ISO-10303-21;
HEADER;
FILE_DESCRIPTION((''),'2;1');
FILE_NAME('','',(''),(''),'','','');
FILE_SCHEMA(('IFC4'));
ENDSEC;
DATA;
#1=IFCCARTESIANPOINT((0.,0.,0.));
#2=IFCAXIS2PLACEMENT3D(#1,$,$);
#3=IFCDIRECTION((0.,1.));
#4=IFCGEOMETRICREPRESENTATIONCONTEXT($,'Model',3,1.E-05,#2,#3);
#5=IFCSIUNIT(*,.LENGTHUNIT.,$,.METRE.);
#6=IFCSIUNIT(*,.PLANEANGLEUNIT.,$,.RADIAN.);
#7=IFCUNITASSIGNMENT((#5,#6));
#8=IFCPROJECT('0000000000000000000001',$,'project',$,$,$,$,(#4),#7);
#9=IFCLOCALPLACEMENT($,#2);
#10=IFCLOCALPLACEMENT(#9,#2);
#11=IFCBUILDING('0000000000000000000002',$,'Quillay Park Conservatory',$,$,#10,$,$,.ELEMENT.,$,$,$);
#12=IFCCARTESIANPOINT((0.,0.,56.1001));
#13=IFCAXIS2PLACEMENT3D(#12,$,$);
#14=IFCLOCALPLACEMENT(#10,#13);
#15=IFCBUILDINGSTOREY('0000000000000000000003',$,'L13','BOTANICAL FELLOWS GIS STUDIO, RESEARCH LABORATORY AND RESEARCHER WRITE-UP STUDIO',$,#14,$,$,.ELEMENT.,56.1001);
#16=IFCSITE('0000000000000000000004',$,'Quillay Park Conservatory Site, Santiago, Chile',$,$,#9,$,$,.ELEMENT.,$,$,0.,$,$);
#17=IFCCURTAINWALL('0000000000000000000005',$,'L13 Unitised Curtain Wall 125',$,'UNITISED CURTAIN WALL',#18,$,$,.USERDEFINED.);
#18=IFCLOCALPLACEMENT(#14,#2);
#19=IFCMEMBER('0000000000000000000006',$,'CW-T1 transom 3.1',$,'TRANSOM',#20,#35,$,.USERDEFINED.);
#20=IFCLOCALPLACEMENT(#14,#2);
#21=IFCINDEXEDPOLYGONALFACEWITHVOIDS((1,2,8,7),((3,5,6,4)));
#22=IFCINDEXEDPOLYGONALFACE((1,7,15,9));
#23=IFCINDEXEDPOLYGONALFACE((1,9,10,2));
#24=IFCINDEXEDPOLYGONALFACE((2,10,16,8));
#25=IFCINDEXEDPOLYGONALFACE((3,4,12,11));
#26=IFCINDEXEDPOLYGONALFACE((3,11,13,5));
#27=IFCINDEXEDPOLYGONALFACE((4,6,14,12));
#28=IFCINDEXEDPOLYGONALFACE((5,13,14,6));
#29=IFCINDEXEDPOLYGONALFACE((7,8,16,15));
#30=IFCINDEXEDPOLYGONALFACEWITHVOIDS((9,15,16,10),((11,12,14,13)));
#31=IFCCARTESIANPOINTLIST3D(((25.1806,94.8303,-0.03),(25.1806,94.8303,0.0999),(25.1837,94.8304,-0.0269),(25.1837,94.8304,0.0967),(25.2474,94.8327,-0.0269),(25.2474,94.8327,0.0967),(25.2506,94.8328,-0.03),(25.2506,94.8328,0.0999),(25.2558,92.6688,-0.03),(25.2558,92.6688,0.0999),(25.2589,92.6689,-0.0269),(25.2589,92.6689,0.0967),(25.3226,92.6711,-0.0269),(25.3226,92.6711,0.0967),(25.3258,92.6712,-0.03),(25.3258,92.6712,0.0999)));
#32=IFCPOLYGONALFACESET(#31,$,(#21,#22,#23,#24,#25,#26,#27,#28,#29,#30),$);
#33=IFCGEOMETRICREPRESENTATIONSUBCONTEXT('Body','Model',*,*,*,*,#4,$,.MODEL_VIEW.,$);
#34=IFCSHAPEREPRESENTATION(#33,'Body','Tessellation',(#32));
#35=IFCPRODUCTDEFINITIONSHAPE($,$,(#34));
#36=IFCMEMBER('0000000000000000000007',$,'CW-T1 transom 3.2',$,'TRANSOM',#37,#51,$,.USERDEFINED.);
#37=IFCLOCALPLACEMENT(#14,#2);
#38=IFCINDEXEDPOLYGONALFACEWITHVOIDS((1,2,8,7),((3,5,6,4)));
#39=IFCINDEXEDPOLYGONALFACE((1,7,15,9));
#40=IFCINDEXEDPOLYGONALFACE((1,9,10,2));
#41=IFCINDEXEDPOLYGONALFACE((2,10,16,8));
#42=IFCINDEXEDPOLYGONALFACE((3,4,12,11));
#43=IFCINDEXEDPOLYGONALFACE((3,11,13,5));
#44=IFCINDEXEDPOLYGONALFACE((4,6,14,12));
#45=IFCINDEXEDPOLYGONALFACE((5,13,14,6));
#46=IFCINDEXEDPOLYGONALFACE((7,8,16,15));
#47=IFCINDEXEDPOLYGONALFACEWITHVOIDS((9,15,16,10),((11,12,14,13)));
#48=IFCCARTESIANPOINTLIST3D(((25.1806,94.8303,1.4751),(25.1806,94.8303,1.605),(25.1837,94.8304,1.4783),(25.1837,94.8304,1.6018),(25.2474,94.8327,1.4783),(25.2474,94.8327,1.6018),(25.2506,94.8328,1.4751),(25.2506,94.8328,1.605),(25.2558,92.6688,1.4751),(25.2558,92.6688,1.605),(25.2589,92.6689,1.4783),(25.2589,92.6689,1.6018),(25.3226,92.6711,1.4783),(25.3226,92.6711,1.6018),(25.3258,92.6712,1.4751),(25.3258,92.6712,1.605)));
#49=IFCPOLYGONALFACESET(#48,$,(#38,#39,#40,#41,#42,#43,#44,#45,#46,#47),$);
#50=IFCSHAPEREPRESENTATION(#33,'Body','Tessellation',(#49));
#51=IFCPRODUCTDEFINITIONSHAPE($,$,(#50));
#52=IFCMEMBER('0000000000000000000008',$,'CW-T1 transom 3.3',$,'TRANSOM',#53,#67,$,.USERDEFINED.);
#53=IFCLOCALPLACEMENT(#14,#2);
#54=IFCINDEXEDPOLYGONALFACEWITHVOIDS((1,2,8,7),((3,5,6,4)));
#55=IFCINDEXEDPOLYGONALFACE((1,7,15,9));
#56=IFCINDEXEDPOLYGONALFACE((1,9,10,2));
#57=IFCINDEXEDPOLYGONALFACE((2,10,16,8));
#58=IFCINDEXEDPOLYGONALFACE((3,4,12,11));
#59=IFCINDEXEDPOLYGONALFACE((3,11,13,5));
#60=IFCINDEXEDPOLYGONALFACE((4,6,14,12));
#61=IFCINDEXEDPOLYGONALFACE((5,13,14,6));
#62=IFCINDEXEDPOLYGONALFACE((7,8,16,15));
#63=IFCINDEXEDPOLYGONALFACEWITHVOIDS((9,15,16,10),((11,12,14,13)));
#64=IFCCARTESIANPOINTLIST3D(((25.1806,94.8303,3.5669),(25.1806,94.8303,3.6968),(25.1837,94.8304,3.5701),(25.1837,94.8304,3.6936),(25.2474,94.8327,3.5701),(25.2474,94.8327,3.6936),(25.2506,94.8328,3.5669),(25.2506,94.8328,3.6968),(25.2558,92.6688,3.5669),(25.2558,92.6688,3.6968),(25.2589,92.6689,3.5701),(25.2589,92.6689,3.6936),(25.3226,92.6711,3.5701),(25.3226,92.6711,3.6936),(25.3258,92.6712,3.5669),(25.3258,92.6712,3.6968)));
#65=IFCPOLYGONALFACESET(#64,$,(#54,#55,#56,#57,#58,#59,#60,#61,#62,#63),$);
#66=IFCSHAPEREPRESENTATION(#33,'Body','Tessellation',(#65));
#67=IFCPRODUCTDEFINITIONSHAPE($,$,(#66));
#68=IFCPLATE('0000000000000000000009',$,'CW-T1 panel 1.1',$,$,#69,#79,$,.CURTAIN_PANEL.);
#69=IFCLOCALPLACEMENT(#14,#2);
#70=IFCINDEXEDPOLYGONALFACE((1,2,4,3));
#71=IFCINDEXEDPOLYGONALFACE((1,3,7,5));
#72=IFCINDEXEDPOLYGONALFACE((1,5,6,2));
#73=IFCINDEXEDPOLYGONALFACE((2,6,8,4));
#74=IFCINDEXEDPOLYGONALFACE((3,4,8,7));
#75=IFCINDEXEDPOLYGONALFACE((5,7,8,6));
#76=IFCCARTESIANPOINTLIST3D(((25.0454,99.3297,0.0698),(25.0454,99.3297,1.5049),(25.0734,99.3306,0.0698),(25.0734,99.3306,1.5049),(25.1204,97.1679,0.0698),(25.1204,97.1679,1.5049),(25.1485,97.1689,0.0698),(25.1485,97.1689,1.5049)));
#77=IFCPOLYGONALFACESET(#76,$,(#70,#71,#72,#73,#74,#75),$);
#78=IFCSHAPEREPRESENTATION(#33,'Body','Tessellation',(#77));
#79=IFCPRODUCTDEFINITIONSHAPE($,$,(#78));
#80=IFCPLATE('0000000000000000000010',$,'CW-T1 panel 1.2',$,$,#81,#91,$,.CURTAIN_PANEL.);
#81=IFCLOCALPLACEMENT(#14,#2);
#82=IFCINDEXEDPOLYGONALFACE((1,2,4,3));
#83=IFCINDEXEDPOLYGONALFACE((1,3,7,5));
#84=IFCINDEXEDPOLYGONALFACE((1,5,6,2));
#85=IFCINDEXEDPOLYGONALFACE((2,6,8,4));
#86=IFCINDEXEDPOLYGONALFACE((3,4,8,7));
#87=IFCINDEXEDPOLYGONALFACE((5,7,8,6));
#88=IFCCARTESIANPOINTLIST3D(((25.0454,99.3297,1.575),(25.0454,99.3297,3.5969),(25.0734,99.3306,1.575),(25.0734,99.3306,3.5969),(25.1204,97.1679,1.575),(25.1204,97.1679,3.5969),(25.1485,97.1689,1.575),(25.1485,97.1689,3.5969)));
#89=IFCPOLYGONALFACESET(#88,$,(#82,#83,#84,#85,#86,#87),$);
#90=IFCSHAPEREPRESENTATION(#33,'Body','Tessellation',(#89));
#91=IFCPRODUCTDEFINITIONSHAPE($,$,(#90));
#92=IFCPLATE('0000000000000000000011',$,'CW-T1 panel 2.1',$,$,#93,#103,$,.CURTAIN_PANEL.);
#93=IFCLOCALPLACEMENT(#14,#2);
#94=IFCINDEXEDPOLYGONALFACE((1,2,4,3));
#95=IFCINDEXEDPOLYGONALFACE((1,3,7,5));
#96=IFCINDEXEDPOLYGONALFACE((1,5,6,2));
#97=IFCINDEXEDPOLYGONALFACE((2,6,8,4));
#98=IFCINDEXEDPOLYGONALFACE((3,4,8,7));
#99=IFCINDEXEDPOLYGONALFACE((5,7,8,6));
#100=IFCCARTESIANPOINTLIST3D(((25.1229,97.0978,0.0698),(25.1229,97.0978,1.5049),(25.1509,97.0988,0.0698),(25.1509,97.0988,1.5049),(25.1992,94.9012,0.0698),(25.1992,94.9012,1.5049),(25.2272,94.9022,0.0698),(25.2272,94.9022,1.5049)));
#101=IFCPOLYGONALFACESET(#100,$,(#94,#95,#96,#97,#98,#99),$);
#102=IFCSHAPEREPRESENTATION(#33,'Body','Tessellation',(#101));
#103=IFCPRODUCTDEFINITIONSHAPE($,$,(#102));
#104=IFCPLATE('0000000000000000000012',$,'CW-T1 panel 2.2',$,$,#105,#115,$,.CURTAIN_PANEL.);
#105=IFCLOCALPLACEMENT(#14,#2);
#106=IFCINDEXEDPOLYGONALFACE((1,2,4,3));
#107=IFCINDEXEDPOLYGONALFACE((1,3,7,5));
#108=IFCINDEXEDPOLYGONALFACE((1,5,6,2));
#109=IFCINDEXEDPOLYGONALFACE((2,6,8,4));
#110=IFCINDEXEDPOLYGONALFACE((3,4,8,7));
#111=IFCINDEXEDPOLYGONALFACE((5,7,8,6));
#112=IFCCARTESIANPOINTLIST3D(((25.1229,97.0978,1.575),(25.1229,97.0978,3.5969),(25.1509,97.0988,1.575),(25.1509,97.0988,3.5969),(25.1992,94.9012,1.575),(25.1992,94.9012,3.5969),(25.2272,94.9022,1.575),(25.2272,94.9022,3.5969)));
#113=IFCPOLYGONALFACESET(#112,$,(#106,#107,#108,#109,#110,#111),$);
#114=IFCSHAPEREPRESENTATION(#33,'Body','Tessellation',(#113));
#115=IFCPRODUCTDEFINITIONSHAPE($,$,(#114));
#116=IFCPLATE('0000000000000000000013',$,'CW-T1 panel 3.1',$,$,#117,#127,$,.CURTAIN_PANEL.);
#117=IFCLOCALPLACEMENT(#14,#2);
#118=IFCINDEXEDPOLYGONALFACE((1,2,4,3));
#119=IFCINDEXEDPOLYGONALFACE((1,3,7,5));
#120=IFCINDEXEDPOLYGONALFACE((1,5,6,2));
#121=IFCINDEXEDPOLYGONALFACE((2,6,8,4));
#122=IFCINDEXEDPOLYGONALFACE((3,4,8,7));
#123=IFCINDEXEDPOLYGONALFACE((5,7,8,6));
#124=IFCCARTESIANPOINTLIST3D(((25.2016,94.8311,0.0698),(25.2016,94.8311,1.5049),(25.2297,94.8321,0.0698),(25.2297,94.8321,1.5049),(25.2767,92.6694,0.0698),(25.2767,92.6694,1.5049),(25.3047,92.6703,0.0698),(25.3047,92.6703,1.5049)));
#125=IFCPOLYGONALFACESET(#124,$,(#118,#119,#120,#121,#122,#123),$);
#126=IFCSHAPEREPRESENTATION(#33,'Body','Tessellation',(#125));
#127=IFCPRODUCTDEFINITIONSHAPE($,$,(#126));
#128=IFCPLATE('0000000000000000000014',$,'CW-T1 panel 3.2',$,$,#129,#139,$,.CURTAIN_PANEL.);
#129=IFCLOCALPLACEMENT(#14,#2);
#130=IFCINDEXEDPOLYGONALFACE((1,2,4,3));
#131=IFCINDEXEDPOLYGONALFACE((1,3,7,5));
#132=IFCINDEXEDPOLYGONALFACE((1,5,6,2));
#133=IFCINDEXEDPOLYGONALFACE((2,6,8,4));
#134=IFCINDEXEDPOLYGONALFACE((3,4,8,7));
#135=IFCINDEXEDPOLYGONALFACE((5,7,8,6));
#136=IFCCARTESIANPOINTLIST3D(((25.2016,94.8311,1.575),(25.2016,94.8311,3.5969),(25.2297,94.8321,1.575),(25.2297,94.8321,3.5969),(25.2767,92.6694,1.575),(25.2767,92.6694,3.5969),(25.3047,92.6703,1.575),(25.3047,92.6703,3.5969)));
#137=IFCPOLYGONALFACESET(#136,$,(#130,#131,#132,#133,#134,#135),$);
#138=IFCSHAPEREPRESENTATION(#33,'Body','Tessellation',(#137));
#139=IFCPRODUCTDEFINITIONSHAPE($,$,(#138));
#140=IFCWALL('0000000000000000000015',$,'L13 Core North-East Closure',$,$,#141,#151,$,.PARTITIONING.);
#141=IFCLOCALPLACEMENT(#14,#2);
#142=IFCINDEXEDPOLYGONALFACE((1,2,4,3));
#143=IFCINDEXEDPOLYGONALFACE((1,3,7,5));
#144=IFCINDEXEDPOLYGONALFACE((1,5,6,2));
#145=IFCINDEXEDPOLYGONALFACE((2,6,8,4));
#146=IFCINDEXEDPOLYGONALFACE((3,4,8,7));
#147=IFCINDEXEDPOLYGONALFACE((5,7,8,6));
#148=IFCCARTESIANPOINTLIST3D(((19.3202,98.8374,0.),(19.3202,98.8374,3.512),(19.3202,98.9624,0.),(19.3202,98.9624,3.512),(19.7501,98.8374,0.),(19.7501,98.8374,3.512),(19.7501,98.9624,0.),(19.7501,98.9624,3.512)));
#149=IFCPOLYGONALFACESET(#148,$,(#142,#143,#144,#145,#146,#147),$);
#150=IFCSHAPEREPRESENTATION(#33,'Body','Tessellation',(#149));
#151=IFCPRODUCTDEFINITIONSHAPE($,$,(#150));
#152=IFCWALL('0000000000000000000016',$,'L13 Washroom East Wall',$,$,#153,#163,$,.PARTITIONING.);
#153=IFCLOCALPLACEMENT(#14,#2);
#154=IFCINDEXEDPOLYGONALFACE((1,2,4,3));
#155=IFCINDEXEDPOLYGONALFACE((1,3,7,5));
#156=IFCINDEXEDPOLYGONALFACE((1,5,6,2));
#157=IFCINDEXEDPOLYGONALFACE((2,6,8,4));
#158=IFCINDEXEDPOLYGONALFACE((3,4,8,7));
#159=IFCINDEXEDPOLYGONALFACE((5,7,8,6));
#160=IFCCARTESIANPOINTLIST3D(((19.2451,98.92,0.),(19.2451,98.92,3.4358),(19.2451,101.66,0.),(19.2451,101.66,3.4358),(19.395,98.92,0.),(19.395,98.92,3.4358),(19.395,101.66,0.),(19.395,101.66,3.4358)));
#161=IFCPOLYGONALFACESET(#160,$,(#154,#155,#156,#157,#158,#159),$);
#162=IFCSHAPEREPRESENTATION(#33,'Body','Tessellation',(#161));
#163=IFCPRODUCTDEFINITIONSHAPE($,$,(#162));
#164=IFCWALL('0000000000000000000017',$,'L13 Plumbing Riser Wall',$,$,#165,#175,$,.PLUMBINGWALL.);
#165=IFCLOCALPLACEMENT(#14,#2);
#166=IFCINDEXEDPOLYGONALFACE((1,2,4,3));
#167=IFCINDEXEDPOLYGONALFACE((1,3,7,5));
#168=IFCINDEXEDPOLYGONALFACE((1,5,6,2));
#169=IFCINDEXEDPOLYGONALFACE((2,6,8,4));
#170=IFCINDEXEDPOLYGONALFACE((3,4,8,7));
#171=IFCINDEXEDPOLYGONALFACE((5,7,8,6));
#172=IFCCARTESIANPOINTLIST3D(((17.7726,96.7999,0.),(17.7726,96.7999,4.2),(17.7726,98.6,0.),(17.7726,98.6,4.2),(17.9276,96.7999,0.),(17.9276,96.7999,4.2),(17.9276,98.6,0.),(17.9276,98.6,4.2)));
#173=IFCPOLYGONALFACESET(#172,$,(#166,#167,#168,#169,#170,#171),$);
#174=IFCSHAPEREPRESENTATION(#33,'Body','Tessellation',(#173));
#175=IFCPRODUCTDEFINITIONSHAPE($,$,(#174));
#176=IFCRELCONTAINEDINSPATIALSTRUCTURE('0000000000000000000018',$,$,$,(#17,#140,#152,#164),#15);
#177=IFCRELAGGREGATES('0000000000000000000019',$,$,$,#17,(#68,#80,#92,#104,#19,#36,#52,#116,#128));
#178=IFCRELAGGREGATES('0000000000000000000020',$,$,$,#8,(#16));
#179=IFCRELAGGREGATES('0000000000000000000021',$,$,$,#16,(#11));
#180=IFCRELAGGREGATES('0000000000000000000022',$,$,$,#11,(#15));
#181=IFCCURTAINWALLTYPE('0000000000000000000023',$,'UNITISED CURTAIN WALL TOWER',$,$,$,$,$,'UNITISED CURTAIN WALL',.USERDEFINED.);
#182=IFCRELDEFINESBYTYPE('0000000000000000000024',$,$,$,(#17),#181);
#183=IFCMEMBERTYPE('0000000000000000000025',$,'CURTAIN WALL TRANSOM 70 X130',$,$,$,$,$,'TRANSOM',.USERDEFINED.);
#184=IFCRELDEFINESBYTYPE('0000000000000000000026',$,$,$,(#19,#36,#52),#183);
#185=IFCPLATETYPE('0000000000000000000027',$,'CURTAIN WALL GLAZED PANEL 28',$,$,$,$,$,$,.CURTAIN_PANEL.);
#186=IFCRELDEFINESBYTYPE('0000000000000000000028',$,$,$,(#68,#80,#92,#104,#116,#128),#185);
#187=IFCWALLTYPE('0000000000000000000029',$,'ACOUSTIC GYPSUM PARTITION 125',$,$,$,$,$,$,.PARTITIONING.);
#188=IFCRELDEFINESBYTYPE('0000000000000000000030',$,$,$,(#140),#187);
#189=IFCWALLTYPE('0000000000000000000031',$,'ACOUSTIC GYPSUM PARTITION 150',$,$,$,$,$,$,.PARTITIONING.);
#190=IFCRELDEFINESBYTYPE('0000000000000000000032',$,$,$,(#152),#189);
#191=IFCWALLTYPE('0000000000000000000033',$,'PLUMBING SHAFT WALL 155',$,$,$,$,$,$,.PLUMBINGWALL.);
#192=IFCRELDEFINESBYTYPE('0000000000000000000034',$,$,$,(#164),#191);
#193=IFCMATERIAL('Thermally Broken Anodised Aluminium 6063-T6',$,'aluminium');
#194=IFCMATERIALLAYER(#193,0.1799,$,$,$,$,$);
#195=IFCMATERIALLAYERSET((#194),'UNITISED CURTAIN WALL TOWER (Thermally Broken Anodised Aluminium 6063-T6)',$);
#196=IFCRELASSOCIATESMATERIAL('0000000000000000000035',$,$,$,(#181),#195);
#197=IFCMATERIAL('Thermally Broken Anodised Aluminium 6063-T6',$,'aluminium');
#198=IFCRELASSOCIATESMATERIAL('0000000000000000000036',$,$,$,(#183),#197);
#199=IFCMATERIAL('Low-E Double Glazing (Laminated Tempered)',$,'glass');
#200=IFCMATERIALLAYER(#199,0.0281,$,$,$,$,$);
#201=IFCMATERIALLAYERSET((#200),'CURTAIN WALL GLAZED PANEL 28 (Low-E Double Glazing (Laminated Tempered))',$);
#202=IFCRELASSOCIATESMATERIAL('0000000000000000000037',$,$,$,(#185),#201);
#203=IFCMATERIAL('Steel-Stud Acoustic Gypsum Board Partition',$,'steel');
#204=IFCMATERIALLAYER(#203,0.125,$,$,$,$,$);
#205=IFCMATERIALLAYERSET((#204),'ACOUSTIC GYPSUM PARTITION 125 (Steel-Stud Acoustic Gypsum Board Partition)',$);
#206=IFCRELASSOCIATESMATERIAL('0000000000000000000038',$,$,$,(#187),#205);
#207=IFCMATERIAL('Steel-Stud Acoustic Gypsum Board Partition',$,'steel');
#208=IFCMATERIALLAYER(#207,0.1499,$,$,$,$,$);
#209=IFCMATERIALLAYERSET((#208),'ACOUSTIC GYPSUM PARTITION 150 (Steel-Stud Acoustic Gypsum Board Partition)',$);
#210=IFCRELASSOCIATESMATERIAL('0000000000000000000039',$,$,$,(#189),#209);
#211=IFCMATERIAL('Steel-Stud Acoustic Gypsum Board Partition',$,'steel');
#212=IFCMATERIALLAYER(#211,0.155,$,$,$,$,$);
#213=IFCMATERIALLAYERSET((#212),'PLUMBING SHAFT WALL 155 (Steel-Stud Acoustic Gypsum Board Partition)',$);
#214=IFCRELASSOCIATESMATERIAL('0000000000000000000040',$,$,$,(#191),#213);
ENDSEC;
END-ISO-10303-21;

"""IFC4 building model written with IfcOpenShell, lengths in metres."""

from ifc_helpers import new_model, si_unit, direction, frame, frame_2d, origin, origin_2d, place, context, subcontext, project, spatial, rectangle, hollow_rectangle, extrude, material, layer, layer_set, material_profile, profile_set, type_object, element, aggregate, save


model = new_model("IFC4")

# Units and contexts
model_context = context("Model", 3, precision=1e-05, world=origin(), true_north=direction((0.0, 1.0)))
body_context = subcontext(model_context, "Body", "Model", "MODEL_VIEW")
ifc_project = project(units=[si_unit("LENGTHUNIT", "METRE"), si_unit("PLANEANGLEUNIT", "RADIAN")], contexts=[model_context])

# Site, building, storey
site_placement = place(None, origin())
site = spatial("IfcSite", under=ifc_project, at=site_placement, Name="Quillay Park Conservatory Site, Santiago, Chile", CompositionType="ELEMENT", RefElevation=0.0)
building_placement = place(site_placement, origin())
building = spatial("IfcBuilding", under=site, at=building_placement, Name="Quillay Park Conservatory", CompositionType="ELEMENT")
storey_placement = place(building_placement, frame((0.0, 0.0, 56.1001)))
storey = spatial("IfcBuildingStorey", under=building, at=storey_placement, Name="L13", Description="BOTANICAL FELLOWS GIS STUDIO, RESEARCH LABORATORY AND RESEARCHER WRITE-UP STUDIO", CompositionType="ELEMENT", Elevation=56.1001)

# Curtain wall, members, plates
ifc_material_1 = material(Name="Thermally Broken Anodised Aluminium 6063-T6", Category="aluminium")
ifc_layer_1 = layer(ifc_material_1, 0.1799)
ifc_layer_set_1 = layer_set([ifc_layer_1], Name="UNITISED CURTAIN WALL TOWER (Thermally Broken Anodised Aluminium 6063-T6)")
curtain_wall_type = type_object("IfcCurtainWallType", Name="UNITISED CURTAIN WALL TOWER", ElementType="UNITISED CURTAIN WALL", PredefinedType="USERDEFINED", material=ifc_layer_set_1)
curtain_wall_placement = place(storey_placement, origin())
curtain_wall = element("IfcCurtainWall", 1, at=curtain_wall_placement, inside=storey, type_object=curtain_wall_type, Name="L13 Unitised Curtain Wall 125", ObjectType="UNITISED CURTAIN WALL", PredefinedType="USERDEFINED")
ifc_material_2 = material(Name="Thermally Broken Anodised Aluminium 6063-T6", Category="aluminium")
ifc_material_profile_1 = material_profile(ifc_material_2, hollow_rectangle(XDim=0.0701, YDim=0.1299, WallThickness=0.0032, at=origin_2d()), Name="AL70x130x3.2")
ifc_profile_set_1 = profile_set([ifc_material_profile_1], Name="Thermally Broken Anodised Aluminium 6063-T6")
member_type_1 = type_object("IfcMemberType", Name="CURTAIN WALL TRANSOM 70 X130", ElementType="TRANSOM", PredefinedType="USERDEFINED", material=ifc_profile_set_1)
member_1_placement = place(storey_placement, frame((25.2156, 94.8315, 0.0349), z_axis=(0.034766, -0.999395, 0.0), x_axis=(0.999395, 0.034766, 0.0)))
member_1 = element("IfcMember", 2, at=member_1_placement, type_object=member_type_1, Name="CW-T1 transom 3.1", ObjectType="TRANSOM", PredefinedType="USERDEFINED", context=body_context, shape_type="SweptSolid", body=[
    extrude(hollow_rectangle(XDim=0.0701, YDim=0.1299, WallThickness=0.0032, at=origin_2d()), origin(), (0.0, 0.0, 1.0), 2.1628),
])
member_2_placement = place(storey_placement, frame((25.2156, 94.8315, 1.54), z_axis=(0.034766, -0.999395, 0.0), x_axis=(0.999395, 0.034766, 0.0)))
member_2 = element("IfcMember", 3, at=member_2_placement, type_object=member_type_1, Name="CW-T1 transom 3.2", ObjectType="TRANSOM", PredefinedType="USERDEFINED", context=body_context, shape_type="SweptSolid", body=[
    extrude(hollow_rectangle(XDim=0.0701, YDim=0.1299, WallThickness=0.0032, at=origin_2d()), origin(), (0.0, 0.0, 1.0), 2.1628),
])
member_3_placement = place(storey_placement, frame((25.2156, 94.8315, 3.6318), z_axis=(0.034766, -0.999395, 0.0), x_axis=(0.999395, 0.034766, 0.0)))
member_3 = element("IfcMember", 4, at=member_3_placement, type_object=member_type_1, Name="CW-T1 transom 3.3", ObjectType="TRANSOM", PredefinedType="USERDEFINED", context=body_context, shape_type="SweptSolid", body=[
    extrude(hollow_rectangle(XDim=0.0701, YDim=0.1299, WallThickness=0.0032, at=origin_2d()), origin(), (0.0, 0.0, 1.0), 2.1628),
])
ifc_material_3 = material(Name="Low-E Double Glazing (Laminated Tempered)", Category="glass")
ifc_layer_2 = layer(ifc_material_3, 0.0281)
ifc_layer_set_2 = layer_set([ifc_layer_2], Name="CURTAIN WALL GLAZED PANEL 28 (Low-E Double Glazing (Laminated Tempered))")
plate_type = type_object("IfcPlateType", Name="CURTAIN WALL GLAZED PANEL 28", PredefinedType="CURTAIN_PANEL", material=ifc_layer_set_2)
plate_1_placement = place(storey_placement, frame((25.0969, 98.2493, 0.0698), z_axis=(0.0, 0.0, 1.0), x_axis=(0.034713, -0.999397, 0.0)))
plate_1 = element("IfcPlate", 5, at=plate_1_placement, type_object=plate_type, Name="CW-T1 panel 1.1", PredefinedType="CURTAIN_PANEL", context=body_context, shape_type="SweptSolid", body=[
    extrude(rectangle(XDim=2.1631, YDim=0.0281, at=origin_2d()), origin(), (0.0, 0.0, 1.0), 1.4351),
])
plate_2_placement = place(storey_placement, frame((25.0969, 98.2493, 1.575), z_axis=(0.0, 0.0, 1.0), x_axis=(0.034713, -0.999397, 0.0)))
plate_2 = element("IfcPlate", 6, at=plate_2_placement, type_object=plate_type, Name="CW-T1 panel 1.2", PredefinedType="CURTAIN_PANEL", context=body_context, shape_type="SweptSolid", body=[
    extrude(rectangle(XDim=2.1631, YDim=0.0281, at=origin_2d()), origin(), (0.0, 0.0, 1.0), 2.022),
])
plate_3_placement = place(storey_placement, frame((25.175, 96.0, 0.0698), z_axis=(0.0, 0.0, 1.0), x_axis=(0.034713, -0.999397, 0.0)))
plate_3 = element("IfcPlate", 7, at=plate_3_placement, type_object=plate_type, Name="CW-T1 panel 2.1", PredefinedType="CURTAIN_PANEL", context=body_context, shape_type="SweptSolid", body=[
    extrude(rectangle(XDim=2.198, YDim=0.0281, at=origin_2d()), origin(), (0.0, 0.0, 1.0), 1.4351),
])
plate_4_placement = place(storey_placement, frame((25.175, 96.0, 1.575), z_axis=(0.0, 0.0, 1.0), x_axis=(0.034713, -0.999397, 0.0)))
plate_4 = element("IfcPlate", 8, at=plate_4_placement, type_object=plate_type, Name="CW-T1 panel 2.2", PredefinedType="CURTAIN_PANEL", context=body_context, shape_type="SweptSolid", body=[
    extrude(rectangle(XDim=2.198, YDim=0.0281, at=origin_2d()), origin(), (0.0, 0.0, 1.0), 2.022),
])
plate_5_placement = place(storey_placement, frame((25.2532, 93.7507, 0.0698), z_axis=(0.0, 0.0, 1.0), x_axis=(0.034713, -0.999397, 0.0)))
plate_5 = element("IfcPlate", 9, at=plate_5_placement, type_object=plate_type, Name="CW-T1 panel 3.1", PredefinedType="CURTAIN_PANEL", context=body_context, shape_type="SweptSolid", body=[
    extrude(rectangle(XDim=2.1631, YDim=0.0281, at=origin_2d()), origin(), (0.0, 0.0, 1.0), 1.4351),
])
plate_6_placement = place(storey_placement, frame((25.2532, 93.7507, 1.575), z_axis=(0.0, 0.0, 1.0), x_axis=(0.034713, -0.999397, 0.0)))
plate_6 = element("IfcPlate", 10, at=plate_6_placement, type_object=plate_type, Name="CW-T1 panel 3.2", PredefinedType="CURTAIN_PANEL", context=body_context, shape_type="SweptSolid", body=[
    extrude(rectangle(XDim=2.1631, YDim=0.0281, at=origin_2d()), origin(), (0.0, 0.0, 1.0), 2.022),
])
aggregate(curtain_wall, [plate_1, plate_2, plate_3, plate_4, member_1, member_2, member_3, plate_5, plate_6])

# Walls
ifc_material_4 = material(Name="Steel-Stud Acoustic Gypsum Board Partition", Category="steel")
ifc_layer_3 = layer(ifc_material_4, 0.125)
ifc_layer_set_3 = layer_set([ifc_layer_3], Name="ACOUSTIC GYPSUM PARTITION 125 (Steel-Stud Acoustic Gypsum Board Partition)")
wall_type_1 = type_object("IfcWallType", Name="ACOUSTIC GYPSUM PARTITION 125", PredefinedType="PARTITIONING", material=ifc_layer_set_3)
wall_1_placement = place(storey_placement, frame((19.75, 98.8999, 0.0), z_axis=(0.0, 0.0, 1.0), x_axis=(-1.0, 0.0, 0.0)))
element("IfcWall", 11, at=wall_1_placement, inside=storey, type_object=wall_type_1, Name="L13 Core North-East Closure", PredefinedType="PARTITIONING", context=body_context, shape_type="SweptSolid", body=[
    extrude(rectangle(XDim=0.4299, YDim=0.125, at=frame_2d((0.2148, 0.0))), origin(), (0.0, 0.0, 1.0), 3.512),
])
ifc_material_5 = material(Name="Steel-Stud Acoustic Gypsum Board Partition", Category="steel")
ifc_layer_4 = layer(ifc_material_5, 0.1499)
ifc_layer_set_4 = layer_set([ifc_layer_4], Name="ACOUSTIC GYPSUM PARTITION 150 (Steel-Stud Acoustic Gypsum Board Partition)")
wall_type_2 = type_object("IfcWallType", Name="ACOUSTIC GYPSUM PARTITION 150", PredefinedType="PARTITIONING", material=ifc_layer_set_4)
wall_2_placement = place(storey_placement, frame((19.3201, 98.9199, 0.0), z_axis=(0.0, 0.0, 1.0), x_axis=(0.0, 1.0, 0.0)))
element("IfcWall", 12, at=wall_2_placement, inside=storey, type_object=wall_type_2, Name="L13 Washroom East Wall", PredefinedType="PARTITIONING", context=body_context, shape_type="SweptSolid", body=[
    extrude(rectangle(XDim=2.74, YDim=0.1499, at=frame_2d((1.3701, 0.0))), origin(), (0.0, 0.0, 1.0), 3.4358),
])
ifc_material_6 = material(Name="Steel-Stud Acoustic Gypsum Board Partition", Category="steel")
ifc_layer_5 = layer(ifc_material_6, 0.155)
ifc_layer_set_5 = layer_set([ifc_layer_5], Name="PLUMBING SHAFT WALL 155 (Steel-Stud Acoustic Gypsum Board Partition)")
wall_type_3 = type_object("IfcWallType", Name="PLUMBING SHAFT WALL 155", PredefinedType="PLUMBINGWALL", material=ifc_layer_set_5)
wall_3_placement = place(storey_placement, frame((17.8501, 96.8, 0.0), z_axis=(0.0, 0.0, 1.0), x_axis=(0.0, 1.0, 0.0)))
element("IfcWall", 13, at=wall_3_placement, inside=storey, type_object=wall_type_3, Name="L13 Plumbing Riser Wall", PredefinedType="PLUMBINGWALL", context=body_context, shape_type="SweptSolid", body=[
    extrude(rectangle(XDim=1.8, YDim=0.155, at=frame_2d((0.8999, 0.0))), origin(), (0.0, 0.0, 1.0), 4.2),
])

save(model, "model.ifc")
